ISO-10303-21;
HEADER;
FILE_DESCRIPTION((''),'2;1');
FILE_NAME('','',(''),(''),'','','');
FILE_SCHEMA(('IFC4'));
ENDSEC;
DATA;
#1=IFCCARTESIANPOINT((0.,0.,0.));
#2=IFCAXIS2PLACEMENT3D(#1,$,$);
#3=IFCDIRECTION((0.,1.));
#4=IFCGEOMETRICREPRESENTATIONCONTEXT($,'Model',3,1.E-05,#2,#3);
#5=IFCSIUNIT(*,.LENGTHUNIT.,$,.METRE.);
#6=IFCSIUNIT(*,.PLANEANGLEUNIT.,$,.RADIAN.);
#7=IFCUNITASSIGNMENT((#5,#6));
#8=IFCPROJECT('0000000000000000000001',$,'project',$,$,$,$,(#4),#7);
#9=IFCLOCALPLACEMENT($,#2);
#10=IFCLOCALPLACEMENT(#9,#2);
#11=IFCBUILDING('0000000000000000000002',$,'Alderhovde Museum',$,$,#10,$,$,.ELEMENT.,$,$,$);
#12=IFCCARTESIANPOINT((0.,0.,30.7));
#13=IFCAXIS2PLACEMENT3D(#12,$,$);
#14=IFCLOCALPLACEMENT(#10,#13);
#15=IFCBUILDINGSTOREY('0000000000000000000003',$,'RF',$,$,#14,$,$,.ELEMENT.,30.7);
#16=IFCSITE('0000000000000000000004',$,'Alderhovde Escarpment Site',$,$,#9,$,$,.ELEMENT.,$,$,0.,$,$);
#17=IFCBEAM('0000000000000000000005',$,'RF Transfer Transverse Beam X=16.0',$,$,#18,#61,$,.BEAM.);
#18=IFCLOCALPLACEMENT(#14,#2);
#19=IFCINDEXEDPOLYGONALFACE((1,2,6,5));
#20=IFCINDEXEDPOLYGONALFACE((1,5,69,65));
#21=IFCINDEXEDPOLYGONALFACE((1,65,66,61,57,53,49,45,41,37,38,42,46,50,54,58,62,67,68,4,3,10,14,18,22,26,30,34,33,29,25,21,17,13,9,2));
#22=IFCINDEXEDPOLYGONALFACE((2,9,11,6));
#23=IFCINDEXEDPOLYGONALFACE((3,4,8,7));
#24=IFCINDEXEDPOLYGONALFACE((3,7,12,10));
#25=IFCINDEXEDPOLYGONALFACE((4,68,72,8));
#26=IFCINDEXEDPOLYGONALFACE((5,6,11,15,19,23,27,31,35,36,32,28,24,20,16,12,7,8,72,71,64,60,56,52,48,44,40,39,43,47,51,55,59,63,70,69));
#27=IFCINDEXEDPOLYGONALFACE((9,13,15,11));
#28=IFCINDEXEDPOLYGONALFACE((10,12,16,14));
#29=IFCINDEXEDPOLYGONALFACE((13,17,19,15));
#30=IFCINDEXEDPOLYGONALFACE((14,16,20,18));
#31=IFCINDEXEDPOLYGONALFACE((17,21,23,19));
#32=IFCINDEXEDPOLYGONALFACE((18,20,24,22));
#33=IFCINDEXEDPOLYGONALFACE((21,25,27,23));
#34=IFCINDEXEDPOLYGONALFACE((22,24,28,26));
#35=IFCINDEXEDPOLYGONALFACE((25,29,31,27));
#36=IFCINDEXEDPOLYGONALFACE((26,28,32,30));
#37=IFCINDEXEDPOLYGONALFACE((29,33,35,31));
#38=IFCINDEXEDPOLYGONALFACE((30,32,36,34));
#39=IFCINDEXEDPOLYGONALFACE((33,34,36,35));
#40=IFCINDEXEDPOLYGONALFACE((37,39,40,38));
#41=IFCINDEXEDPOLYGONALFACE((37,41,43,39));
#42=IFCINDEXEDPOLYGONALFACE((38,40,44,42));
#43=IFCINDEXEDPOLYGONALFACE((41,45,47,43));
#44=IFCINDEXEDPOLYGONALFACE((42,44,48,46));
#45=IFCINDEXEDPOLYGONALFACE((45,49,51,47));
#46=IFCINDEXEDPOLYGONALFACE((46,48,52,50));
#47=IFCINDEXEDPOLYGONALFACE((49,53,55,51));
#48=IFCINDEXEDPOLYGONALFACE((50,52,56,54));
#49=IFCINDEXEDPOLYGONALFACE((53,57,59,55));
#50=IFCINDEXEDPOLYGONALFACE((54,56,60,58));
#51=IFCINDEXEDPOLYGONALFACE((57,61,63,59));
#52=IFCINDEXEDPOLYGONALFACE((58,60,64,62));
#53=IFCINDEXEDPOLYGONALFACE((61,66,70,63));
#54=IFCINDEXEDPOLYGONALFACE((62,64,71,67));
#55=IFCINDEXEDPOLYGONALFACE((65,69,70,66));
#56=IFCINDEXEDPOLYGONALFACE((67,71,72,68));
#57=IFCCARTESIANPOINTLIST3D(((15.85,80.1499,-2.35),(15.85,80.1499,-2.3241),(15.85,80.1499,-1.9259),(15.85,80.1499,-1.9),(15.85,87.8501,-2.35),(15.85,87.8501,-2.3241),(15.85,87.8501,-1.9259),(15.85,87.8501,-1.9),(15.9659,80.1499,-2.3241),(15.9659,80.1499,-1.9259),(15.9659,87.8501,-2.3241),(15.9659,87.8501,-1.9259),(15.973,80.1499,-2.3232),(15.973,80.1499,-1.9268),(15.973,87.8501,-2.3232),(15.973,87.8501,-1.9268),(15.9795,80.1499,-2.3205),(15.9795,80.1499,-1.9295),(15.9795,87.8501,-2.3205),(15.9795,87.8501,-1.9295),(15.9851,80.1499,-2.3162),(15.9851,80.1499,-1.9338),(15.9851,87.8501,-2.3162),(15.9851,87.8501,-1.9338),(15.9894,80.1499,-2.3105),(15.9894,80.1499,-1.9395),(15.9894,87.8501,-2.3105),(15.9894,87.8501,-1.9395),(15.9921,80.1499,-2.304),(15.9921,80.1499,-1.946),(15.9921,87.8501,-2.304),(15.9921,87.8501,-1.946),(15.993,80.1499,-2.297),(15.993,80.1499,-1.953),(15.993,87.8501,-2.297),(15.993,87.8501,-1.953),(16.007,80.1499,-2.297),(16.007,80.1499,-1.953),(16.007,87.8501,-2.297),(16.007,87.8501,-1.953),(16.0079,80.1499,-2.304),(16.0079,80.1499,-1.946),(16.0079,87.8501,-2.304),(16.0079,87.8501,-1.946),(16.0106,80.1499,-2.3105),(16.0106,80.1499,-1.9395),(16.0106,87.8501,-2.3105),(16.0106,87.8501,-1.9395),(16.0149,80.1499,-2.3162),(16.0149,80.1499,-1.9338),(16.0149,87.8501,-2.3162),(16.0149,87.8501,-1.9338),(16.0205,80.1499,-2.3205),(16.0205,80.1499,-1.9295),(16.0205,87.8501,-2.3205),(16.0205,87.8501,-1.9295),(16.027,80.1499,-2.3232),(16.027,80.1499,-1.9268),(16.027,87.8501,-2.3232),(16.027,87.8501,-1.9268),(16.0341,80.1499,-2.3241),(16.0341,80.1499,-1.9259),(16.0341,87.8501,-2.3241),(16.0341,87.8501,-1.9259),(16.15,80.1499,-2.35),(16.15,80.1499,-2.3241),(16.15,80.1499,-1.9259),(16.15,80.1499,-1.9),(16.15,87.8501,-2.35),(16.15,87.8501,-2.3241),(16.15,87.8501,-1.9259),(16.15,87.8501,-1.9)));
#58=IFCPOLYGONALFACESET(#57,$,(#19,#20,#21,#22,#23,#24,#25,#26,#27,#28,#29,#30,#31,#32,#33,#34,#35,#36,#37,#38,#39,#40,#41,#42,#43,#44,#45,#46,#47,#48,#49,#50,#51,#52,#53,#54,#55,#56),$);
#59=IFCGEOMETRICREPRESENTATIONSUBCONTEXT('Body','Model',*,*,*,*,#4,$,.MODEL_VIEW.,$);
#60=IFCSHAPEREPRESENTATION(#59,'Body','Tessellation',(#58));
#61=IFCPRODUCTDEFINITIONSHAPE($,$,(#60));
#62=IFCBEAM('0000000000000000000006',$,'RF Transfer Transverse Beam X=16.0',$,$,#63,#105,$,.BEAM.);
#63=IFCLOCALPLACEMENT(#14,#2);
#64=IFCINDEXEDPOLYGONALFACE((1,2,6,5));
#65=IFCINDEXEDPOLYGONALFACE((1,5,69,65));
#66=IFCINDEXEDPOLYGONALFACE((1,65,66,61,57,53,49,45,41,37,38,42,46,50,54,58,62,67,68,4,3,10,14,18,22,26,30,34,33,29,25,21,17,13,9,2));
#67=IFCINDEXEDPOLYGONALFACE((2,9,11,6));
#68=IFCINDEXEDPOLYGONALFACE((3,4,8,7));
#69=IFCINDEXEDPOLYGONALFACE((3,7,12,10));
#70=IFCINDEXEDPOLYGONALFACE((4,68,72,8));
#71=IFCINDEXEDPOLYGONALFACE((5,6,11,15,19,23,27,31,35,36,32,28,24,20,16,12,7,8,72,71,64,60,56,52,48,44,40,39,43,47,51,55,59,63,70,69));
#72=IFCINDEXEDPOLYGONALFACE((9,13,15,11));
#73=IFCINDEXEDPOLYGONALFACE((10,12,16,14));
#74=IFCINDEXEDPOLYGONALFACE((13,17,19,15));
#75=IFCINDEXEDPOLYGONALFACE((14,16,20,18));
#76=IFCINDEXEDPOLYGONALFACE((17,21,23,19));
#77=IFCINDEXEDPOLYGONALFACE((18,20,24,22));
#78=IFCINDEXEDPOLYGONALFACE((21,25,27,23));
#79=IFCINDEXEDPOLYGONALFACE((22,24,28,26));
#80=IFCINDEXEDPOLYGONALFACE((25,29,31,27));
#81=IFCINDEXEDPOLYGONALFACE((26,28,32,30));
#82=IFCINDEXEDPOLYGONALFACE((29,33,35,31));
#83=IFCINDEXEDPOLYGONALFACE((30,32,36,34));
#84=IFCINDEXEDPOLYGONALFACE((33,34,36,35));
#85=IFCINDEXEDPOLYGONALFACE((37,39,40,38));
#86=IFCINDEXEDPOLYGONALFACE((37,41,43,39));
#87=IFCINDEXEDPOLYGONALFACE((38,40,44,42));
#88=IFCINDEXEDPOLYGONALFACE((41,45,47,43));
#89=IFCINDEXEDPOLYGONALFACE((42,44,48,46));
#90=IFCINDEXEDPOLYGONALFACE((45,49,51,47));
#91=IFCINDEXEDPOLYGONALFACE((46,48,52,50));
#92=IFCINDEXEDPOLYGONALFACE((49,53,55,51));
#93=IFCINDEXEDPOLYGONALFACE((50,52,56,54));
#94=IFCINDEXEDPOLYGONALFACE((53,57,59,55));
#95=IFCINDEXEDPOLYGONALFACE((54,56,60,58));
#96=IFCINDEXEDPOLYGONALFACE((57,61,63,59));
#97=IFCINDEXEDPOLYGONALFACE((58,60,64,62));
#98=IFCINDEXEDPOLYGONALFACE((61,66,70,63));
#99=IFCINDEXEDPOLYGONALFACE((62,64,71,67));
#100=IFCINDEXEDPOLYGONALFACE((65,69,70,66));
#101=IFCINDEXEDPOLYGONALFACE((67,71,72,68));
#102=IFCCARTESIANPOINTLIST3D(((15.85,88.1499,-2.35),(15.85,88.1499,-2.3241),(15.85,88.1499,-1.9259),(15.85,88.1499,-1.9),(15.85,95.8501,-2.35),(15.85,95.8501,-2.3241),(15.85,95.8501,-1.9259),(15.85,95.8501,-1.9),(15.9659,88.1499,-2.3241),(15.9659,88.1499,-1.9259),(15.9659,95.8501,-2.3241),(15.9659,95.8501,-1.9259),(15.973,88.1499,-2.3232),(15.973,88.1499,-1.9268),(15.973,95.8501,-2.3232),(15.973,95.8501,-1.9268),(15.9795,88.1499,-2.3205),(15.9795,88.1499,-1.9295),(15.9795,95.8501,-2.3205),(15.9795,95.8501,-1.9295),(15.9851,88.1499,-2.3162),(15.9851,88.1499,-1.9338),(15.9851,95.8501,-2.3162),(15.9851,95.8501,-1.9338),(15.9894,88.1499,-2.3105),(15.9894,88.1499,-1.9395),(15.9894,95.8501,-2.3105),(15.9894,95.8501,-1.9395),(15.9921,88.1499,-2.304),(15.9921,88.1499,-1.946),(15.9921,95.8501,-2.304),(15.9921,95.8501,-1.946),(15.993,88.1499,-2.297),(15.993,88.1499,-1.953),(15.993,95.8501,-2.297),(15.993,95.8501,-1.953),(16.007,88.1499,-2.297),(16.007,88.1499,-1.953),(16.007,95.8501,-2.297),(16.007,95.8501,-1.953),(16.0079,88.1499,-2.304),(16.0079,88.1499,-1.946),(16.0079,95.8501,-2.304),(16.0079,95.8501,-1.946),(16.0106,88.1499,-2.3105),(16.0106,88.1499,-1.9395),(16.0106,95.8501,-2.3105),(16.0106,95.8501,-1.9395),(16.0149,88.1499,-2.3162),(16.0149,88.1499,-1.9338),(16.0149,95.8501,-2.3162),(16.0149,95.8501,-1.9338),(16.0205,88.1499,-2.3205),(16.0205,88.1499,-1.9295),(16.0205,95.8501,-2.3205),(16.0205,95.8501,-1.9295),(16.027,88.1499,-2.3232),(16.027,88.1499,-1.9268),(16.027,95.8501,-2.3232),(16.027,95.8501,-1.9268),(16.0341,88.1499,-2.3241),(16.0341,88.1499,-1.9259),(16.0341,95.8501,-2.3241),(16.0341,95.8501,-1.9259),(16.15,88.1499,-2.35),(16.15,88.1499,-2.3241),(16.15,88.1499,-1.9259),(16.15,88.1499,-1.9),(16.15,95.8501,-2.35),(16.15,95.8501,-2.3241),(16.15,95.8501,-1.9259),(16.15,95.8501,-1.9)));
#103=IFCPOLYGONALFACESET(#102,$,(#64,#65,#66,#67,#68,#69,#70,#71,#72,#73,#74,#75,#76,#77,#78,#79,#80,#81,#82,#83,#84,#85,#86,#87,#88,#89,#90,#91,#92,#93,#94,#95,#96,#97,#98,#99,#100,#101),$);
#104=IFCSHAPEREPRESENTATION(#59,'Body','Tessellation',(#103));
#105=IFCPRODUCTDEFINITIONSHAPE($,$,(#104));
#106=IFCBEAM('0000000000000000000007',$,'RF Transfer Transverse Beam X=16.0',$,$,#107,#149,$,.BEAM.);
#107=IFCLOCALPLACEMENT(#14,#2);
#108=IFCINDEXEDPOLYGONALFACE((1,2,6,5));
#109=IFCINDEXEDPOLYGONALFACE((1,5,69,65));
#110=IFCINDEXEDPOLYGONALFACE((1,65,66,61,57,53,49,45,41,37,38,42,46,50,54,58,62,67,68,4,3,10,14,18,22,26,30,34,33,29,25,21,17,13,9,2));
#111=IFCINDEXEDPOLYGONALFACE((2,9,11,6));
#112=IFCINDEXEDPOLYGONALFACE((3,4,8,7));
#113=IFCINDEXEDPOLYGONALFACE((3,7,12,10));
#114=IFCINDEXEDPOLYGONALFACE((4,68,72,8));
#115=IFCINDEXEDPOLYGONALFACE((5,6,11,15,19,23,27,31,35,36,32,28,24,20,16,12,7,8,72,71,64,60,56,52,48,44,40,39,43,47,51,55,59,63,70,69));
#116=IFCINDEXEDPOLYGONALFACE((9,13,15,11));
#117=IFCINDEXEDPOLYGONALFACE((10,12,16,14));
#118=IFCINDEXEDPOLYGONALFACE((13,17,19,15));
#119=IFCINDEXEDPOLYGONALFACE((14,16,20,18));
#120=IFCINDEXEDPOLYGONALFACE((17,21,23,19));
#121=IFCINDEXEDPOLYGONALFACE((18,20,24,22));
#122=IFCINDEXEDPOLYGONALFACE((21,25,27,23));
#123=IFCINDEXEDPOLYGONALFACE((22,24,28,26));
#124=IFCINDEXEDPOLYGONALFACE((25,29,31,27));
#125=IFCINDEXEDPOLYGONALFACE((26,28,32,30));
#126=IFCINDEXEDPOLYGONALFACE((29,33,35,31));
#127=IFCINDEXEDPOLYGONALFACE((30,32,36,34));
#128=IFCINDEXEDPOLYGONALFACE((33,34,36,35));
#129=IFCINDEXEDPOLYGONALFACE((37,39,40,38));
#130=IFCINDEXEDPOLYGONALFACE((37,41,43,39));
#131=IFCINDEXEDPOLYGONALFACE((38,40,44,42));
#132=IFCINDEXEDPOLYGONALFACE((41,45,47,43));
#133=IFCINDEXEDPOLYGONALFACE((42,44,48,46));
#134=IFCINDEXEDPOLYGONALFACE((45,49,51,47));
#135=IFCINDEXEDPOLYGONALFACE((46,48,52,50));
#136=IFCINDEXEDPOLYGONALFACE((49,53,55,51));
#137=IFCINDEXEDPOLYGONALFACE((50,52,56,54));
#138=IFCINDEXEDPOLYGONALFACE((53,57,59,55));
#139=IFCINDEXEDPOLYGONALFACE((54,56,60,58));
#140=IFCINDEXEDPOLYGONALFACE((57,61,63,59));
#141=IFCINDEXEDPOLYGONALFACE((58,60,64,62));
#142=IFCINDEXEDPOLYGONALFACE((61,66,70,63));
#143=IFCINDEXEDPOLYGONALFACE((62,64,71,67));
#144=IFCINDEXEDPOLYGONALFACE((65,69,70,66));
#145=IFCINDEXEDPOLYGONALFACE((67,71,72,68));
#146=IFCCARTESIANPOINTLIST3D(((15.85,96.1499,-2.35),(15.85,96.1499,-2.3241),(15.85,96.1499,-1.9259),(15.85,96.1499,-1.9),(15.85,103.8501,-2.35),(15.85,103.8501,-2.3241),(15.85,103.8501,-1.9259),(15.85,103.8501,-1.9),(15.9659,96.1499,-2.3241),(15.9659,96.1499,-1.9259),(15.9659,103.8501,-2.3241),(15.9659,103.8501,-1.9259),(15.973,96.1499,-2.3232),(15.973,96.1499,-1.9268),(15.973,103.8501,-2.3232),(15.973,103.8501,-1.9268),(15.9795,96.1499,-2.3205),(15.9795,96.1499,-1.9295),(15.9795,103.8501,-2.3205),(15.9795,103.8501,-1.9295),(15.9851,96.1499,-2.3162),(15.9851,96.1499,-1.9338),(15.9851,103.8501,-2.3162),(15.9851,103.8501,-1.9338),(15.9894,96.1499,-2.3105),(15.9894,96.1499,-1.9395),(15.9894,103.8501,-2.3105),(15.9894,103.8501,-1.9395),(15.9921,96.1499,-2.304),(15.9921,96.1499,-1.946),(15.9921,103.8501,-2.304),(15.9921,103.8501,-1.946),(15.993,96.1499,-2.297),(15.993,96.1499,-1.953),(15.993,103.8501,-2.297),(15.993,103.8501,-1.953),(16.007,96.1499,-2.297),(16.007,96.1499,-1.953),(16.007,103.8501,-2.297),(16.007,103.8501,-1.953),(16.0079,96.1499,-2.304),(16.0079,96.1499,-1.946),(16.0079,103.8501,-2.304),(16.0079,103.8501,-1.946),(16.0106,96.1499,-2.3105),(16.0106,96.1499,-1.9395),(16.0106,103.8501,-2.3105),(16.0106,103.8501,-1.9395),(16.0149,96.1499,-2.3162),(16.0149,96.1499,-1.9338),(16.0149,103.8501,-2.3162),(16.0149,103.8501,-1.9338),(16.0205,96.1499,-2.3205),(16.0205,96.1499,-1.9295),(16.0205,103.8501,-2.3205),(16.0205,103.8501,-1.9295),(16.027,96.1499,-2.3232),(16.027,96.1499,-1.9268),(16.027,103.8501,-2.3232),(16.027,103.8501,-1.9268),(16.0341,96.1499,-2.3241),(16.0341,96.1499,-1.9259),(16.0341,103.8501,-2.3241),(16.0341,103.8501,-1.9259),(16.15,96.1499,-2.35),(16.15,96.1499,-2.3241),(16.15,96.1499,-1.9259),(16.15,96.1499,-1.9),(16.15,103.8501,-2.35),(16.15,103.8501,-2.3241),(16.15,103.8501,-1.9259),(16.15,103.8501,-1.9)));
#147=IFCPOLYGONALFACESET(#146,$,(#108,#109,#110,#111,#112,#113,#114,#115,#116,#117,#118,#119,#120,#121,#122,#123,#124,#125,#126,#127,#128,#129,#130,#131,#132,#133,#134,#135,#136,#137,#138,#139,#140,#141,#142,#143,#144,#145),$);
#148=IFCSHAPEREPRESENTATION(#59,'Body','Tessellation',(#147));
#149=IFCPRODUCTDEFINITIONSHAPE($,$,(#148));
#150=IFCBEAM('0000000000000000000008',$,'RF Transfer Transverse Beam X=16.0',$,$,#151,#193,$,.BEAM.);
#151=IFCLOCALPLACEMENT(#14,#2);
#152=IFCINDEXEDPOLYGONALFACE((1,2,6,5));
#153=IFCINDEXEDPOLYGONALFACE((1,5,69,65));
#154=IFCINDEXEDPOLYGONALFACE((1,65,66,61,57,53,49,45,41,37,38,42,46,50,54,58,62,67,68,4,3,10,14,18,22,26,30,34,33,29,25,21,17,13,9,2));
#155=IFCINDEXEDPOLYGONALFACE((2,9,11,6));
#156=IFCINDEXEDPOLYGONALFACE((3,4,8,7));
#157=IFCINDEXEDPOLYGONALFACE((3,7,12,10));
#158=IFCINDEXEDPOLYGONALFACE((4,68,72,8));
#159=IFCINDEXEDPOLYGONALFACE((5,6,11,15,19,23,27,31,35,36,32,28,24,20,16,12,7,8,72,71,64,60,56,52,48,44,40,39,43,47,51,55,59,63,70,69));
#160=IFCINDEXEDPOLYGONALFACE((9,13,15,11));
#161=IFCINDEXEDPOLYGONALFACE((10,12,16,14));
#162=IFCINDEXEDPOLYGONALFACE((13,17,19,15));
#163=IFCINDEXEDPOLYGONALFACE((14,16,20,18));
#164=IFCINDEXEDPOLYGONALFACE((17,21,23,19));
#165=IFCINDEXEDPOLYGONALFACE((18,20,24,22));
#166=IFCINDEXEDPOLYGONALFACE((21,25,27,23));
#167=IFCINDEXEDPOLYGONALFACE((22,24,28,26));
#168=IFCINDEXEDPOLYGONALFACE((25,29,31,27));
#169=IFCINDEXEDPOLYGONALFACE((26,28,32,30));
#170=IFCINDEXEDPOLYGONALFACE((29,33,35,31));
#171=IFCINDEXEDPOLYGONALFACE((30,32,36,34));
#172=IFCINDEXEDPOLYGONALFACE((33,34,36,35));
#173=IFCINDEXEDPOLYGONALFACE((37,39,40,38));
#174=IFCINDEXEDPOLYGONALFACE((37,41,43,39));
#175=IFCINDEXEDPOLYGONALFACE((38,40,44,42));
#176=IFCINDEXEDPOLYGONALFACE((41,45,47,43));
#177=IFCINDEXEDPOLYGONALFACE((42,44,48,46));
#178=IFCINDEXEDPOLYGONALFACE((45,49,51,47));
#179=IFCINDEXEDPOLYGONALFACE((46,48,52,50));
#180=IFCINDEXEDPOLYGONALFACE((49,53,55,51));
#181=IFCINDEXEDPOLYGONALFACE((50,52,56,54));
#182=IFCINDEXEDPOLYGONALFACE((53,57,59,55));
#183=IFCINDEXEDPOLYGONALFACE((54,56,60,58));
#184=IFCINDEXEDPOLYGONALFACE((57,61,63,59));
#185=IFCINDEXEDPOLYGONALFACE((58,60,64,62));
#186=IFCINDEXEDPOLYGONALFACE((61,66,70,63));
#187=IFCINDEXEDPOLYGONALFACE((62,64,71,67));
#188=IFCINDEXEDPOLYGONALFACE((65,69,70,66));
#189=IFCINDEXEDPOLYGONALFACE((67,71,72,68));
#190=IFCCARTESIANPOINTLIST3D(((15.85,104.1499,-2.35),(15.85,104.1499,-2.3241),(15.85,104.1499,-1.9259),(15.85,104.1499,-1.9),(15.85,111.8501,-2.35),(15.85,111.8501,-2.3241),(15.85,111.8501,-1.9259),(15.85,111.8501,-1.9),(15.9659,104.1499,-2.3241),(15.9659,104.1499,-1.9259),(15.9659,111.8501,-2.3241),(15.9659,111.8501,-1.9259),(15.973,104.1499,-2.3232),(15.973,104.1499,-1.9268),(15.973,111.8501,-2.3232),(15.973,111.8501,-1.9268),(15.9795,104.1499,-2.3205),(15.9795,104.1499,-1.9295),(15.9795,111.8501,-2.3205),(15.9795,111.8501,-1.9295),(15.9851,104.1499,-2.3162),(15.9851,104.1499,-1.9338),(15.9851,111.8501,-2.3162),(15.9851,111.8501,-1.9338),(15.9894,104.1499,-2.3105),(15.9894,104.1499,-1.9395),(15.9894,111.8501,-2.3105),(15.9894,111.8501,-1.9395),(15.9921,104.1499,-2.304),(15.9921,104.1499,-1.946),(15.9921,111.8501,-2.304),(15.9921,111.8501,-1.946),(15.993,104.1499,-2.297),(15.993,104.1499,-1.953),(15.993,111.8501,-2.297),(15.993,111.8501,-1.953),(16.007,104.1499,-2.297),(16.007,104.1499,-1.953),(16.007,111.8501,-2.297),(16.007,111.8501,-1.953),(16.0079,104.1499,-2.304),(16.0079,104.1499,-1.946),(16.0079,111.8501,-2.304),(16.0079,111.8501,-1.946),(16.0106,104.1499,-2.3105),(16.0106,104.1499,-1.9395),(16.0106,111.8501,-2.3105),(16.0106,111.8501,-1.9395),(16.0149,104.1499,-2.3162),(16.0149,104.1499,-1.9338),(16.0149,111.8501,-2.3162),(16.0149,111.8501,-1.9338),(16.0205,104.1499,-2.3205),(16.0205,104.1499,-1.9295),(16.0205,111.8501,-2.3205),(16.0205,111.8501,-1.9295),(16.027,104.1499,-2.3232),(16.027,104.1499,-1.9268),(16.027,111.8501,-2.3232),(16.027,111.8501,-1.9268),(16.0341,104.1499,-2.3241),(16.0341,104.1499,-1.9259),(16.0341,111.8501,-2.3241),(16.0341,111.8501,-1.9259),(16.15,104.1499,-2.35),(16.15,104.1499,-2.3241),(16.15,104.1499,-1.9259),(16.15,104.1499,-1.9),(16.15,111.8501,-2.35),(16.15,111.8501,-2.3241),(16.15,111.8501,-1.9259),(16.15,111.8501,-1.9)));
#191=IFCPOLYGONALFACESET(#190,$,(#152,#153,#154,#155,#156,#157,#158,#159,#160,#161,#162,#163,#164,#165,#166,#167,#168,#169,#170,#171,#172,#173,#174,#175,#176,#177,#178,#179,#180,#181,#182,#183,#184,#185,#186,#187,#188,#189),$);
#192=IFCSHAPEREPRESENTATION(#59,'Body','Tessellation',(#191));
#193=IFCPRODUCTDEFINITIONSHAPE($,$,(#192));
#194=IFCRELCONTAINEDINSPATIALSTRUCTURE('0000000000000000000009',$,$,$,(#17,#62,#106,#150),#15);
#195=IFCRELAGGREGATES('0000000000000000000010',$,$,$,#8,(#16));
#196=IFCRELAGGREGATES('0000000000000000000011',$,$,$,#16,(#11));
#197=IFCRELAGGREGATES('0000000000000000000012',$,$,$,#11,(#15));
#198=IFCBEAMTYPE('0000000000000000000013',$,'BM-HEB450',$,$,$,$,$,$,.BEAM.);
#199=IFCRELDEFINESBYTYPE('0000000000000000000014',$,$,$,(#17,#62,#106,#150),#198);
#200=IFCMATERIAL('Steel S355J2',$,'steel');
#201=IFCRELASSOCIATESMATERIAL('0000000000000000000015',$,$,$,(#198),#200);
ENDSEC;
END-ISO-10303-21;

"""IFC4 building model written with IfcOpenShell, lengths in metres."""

from ifc_helpers import new_model, si_unit, direction, frame, origin, origin_2d, place, context, subcontext, project, spatial, i_section, extrude, material, material_profile, profile_set, type_object, element, save


model = new_model("IFC4")

# Units and contexts
model_context = context("Model", 3, precision=1e-05, world=origin(), true_north=direction((0.0, 1.0)))
body_context = subcontext(model_context, "Body", "Model", "MODEL_VIEW")
ifc_project = project(units=[si_unit("LENGTHUNIT", "METRE"), si_unit("PLANEANGLEUNIT", "RADIAN")], contexts=[model_context])

# Site, building, storey
site_placement = place(None, origin())
site = spatial("IfcSite", under=ifc_project, at=site_placement, Name="Alderhovde Escarpment Site", CompositionType="ELEMENT", RefElevation=0.0)
building_placement = place(site_placement, origin())
building = spatial("IfcBuilding", under=site, at=building_placement, Name="Alderhovde Museum", CompositionType="ELEMENT")
storey_placement = place(building_placement, frame((0.0, 0.0, 30.7)))
storey = spatial("IfcBuildingStorey", under=building, at=storey_placement, Name="RF", CompositionType="ELEMENT", Elevation=30.7)

# Beams
ifc_material_1 = material(Name="Steel S355J2", Category="steel")
ifc_material_profile = material_profile(ifc_material_1, i_section(OverallWidth=0.3, OverallDepth=0.45, WebThickness=0.0139, FlangeThickness=0.0259, FilletRadius=0.0271, at=origin_2d()), Name="HEB 450")
ifc_profile_set = profile_set([ifc_material_profile], Name="Steel S355J2")
beam_type = type_object("IfcBeamType", Name="BM-HEB450", PredefinedType="BEAM", material=ifc_profile_set)
for number, where, z_axis, x_axis, name in (
    (1, (16.0, 80.1499, -2.125), (0.0, 1.0, 0.0), (-1.0, 0.0, 0.0), "RF Transfer Transverse Beam X=16.0"),
    (2, (16.0, 88.1499, -2.125), (0.0, 1.0, 0.0), (-1.0, 0.0, 0.0), "RF Transfer Transverse Beam X=16.0"),
    (3, (16.0, 96.1499, -2.125), (0.0, 1.0, 0.0), (-1.0, 0.0, 0.0), "RF Transfer Transverse Beam X=16.0"),
    (4, (16.0, 104.1499, -2.125), (0.0, 1.0, 0.0), (-1.0, 0.0, 0.0), "RF Transfer Transverse Beam X=16.0"),
):
    element("IfcBeam", number, at=place(storey_placement, frame(where, z_axis=z_axis, x_axis=x_axis)), inside=storey, type_object=beam_type, Name=name, PredefinedType="BEAM", context=body_context, shape_type="SweptSolid", body=[
        extrude(i_section(OverallWidth=0.3, OverallDepth=0.45, WebThickness=0.0139, FlangeThickness=0.0259, FilletRadius=0.0271, at=origin_2d()), origin(), (0.0, 0.0, 1.0), 7.7002),
    ])

save(model, "model.ifc")
